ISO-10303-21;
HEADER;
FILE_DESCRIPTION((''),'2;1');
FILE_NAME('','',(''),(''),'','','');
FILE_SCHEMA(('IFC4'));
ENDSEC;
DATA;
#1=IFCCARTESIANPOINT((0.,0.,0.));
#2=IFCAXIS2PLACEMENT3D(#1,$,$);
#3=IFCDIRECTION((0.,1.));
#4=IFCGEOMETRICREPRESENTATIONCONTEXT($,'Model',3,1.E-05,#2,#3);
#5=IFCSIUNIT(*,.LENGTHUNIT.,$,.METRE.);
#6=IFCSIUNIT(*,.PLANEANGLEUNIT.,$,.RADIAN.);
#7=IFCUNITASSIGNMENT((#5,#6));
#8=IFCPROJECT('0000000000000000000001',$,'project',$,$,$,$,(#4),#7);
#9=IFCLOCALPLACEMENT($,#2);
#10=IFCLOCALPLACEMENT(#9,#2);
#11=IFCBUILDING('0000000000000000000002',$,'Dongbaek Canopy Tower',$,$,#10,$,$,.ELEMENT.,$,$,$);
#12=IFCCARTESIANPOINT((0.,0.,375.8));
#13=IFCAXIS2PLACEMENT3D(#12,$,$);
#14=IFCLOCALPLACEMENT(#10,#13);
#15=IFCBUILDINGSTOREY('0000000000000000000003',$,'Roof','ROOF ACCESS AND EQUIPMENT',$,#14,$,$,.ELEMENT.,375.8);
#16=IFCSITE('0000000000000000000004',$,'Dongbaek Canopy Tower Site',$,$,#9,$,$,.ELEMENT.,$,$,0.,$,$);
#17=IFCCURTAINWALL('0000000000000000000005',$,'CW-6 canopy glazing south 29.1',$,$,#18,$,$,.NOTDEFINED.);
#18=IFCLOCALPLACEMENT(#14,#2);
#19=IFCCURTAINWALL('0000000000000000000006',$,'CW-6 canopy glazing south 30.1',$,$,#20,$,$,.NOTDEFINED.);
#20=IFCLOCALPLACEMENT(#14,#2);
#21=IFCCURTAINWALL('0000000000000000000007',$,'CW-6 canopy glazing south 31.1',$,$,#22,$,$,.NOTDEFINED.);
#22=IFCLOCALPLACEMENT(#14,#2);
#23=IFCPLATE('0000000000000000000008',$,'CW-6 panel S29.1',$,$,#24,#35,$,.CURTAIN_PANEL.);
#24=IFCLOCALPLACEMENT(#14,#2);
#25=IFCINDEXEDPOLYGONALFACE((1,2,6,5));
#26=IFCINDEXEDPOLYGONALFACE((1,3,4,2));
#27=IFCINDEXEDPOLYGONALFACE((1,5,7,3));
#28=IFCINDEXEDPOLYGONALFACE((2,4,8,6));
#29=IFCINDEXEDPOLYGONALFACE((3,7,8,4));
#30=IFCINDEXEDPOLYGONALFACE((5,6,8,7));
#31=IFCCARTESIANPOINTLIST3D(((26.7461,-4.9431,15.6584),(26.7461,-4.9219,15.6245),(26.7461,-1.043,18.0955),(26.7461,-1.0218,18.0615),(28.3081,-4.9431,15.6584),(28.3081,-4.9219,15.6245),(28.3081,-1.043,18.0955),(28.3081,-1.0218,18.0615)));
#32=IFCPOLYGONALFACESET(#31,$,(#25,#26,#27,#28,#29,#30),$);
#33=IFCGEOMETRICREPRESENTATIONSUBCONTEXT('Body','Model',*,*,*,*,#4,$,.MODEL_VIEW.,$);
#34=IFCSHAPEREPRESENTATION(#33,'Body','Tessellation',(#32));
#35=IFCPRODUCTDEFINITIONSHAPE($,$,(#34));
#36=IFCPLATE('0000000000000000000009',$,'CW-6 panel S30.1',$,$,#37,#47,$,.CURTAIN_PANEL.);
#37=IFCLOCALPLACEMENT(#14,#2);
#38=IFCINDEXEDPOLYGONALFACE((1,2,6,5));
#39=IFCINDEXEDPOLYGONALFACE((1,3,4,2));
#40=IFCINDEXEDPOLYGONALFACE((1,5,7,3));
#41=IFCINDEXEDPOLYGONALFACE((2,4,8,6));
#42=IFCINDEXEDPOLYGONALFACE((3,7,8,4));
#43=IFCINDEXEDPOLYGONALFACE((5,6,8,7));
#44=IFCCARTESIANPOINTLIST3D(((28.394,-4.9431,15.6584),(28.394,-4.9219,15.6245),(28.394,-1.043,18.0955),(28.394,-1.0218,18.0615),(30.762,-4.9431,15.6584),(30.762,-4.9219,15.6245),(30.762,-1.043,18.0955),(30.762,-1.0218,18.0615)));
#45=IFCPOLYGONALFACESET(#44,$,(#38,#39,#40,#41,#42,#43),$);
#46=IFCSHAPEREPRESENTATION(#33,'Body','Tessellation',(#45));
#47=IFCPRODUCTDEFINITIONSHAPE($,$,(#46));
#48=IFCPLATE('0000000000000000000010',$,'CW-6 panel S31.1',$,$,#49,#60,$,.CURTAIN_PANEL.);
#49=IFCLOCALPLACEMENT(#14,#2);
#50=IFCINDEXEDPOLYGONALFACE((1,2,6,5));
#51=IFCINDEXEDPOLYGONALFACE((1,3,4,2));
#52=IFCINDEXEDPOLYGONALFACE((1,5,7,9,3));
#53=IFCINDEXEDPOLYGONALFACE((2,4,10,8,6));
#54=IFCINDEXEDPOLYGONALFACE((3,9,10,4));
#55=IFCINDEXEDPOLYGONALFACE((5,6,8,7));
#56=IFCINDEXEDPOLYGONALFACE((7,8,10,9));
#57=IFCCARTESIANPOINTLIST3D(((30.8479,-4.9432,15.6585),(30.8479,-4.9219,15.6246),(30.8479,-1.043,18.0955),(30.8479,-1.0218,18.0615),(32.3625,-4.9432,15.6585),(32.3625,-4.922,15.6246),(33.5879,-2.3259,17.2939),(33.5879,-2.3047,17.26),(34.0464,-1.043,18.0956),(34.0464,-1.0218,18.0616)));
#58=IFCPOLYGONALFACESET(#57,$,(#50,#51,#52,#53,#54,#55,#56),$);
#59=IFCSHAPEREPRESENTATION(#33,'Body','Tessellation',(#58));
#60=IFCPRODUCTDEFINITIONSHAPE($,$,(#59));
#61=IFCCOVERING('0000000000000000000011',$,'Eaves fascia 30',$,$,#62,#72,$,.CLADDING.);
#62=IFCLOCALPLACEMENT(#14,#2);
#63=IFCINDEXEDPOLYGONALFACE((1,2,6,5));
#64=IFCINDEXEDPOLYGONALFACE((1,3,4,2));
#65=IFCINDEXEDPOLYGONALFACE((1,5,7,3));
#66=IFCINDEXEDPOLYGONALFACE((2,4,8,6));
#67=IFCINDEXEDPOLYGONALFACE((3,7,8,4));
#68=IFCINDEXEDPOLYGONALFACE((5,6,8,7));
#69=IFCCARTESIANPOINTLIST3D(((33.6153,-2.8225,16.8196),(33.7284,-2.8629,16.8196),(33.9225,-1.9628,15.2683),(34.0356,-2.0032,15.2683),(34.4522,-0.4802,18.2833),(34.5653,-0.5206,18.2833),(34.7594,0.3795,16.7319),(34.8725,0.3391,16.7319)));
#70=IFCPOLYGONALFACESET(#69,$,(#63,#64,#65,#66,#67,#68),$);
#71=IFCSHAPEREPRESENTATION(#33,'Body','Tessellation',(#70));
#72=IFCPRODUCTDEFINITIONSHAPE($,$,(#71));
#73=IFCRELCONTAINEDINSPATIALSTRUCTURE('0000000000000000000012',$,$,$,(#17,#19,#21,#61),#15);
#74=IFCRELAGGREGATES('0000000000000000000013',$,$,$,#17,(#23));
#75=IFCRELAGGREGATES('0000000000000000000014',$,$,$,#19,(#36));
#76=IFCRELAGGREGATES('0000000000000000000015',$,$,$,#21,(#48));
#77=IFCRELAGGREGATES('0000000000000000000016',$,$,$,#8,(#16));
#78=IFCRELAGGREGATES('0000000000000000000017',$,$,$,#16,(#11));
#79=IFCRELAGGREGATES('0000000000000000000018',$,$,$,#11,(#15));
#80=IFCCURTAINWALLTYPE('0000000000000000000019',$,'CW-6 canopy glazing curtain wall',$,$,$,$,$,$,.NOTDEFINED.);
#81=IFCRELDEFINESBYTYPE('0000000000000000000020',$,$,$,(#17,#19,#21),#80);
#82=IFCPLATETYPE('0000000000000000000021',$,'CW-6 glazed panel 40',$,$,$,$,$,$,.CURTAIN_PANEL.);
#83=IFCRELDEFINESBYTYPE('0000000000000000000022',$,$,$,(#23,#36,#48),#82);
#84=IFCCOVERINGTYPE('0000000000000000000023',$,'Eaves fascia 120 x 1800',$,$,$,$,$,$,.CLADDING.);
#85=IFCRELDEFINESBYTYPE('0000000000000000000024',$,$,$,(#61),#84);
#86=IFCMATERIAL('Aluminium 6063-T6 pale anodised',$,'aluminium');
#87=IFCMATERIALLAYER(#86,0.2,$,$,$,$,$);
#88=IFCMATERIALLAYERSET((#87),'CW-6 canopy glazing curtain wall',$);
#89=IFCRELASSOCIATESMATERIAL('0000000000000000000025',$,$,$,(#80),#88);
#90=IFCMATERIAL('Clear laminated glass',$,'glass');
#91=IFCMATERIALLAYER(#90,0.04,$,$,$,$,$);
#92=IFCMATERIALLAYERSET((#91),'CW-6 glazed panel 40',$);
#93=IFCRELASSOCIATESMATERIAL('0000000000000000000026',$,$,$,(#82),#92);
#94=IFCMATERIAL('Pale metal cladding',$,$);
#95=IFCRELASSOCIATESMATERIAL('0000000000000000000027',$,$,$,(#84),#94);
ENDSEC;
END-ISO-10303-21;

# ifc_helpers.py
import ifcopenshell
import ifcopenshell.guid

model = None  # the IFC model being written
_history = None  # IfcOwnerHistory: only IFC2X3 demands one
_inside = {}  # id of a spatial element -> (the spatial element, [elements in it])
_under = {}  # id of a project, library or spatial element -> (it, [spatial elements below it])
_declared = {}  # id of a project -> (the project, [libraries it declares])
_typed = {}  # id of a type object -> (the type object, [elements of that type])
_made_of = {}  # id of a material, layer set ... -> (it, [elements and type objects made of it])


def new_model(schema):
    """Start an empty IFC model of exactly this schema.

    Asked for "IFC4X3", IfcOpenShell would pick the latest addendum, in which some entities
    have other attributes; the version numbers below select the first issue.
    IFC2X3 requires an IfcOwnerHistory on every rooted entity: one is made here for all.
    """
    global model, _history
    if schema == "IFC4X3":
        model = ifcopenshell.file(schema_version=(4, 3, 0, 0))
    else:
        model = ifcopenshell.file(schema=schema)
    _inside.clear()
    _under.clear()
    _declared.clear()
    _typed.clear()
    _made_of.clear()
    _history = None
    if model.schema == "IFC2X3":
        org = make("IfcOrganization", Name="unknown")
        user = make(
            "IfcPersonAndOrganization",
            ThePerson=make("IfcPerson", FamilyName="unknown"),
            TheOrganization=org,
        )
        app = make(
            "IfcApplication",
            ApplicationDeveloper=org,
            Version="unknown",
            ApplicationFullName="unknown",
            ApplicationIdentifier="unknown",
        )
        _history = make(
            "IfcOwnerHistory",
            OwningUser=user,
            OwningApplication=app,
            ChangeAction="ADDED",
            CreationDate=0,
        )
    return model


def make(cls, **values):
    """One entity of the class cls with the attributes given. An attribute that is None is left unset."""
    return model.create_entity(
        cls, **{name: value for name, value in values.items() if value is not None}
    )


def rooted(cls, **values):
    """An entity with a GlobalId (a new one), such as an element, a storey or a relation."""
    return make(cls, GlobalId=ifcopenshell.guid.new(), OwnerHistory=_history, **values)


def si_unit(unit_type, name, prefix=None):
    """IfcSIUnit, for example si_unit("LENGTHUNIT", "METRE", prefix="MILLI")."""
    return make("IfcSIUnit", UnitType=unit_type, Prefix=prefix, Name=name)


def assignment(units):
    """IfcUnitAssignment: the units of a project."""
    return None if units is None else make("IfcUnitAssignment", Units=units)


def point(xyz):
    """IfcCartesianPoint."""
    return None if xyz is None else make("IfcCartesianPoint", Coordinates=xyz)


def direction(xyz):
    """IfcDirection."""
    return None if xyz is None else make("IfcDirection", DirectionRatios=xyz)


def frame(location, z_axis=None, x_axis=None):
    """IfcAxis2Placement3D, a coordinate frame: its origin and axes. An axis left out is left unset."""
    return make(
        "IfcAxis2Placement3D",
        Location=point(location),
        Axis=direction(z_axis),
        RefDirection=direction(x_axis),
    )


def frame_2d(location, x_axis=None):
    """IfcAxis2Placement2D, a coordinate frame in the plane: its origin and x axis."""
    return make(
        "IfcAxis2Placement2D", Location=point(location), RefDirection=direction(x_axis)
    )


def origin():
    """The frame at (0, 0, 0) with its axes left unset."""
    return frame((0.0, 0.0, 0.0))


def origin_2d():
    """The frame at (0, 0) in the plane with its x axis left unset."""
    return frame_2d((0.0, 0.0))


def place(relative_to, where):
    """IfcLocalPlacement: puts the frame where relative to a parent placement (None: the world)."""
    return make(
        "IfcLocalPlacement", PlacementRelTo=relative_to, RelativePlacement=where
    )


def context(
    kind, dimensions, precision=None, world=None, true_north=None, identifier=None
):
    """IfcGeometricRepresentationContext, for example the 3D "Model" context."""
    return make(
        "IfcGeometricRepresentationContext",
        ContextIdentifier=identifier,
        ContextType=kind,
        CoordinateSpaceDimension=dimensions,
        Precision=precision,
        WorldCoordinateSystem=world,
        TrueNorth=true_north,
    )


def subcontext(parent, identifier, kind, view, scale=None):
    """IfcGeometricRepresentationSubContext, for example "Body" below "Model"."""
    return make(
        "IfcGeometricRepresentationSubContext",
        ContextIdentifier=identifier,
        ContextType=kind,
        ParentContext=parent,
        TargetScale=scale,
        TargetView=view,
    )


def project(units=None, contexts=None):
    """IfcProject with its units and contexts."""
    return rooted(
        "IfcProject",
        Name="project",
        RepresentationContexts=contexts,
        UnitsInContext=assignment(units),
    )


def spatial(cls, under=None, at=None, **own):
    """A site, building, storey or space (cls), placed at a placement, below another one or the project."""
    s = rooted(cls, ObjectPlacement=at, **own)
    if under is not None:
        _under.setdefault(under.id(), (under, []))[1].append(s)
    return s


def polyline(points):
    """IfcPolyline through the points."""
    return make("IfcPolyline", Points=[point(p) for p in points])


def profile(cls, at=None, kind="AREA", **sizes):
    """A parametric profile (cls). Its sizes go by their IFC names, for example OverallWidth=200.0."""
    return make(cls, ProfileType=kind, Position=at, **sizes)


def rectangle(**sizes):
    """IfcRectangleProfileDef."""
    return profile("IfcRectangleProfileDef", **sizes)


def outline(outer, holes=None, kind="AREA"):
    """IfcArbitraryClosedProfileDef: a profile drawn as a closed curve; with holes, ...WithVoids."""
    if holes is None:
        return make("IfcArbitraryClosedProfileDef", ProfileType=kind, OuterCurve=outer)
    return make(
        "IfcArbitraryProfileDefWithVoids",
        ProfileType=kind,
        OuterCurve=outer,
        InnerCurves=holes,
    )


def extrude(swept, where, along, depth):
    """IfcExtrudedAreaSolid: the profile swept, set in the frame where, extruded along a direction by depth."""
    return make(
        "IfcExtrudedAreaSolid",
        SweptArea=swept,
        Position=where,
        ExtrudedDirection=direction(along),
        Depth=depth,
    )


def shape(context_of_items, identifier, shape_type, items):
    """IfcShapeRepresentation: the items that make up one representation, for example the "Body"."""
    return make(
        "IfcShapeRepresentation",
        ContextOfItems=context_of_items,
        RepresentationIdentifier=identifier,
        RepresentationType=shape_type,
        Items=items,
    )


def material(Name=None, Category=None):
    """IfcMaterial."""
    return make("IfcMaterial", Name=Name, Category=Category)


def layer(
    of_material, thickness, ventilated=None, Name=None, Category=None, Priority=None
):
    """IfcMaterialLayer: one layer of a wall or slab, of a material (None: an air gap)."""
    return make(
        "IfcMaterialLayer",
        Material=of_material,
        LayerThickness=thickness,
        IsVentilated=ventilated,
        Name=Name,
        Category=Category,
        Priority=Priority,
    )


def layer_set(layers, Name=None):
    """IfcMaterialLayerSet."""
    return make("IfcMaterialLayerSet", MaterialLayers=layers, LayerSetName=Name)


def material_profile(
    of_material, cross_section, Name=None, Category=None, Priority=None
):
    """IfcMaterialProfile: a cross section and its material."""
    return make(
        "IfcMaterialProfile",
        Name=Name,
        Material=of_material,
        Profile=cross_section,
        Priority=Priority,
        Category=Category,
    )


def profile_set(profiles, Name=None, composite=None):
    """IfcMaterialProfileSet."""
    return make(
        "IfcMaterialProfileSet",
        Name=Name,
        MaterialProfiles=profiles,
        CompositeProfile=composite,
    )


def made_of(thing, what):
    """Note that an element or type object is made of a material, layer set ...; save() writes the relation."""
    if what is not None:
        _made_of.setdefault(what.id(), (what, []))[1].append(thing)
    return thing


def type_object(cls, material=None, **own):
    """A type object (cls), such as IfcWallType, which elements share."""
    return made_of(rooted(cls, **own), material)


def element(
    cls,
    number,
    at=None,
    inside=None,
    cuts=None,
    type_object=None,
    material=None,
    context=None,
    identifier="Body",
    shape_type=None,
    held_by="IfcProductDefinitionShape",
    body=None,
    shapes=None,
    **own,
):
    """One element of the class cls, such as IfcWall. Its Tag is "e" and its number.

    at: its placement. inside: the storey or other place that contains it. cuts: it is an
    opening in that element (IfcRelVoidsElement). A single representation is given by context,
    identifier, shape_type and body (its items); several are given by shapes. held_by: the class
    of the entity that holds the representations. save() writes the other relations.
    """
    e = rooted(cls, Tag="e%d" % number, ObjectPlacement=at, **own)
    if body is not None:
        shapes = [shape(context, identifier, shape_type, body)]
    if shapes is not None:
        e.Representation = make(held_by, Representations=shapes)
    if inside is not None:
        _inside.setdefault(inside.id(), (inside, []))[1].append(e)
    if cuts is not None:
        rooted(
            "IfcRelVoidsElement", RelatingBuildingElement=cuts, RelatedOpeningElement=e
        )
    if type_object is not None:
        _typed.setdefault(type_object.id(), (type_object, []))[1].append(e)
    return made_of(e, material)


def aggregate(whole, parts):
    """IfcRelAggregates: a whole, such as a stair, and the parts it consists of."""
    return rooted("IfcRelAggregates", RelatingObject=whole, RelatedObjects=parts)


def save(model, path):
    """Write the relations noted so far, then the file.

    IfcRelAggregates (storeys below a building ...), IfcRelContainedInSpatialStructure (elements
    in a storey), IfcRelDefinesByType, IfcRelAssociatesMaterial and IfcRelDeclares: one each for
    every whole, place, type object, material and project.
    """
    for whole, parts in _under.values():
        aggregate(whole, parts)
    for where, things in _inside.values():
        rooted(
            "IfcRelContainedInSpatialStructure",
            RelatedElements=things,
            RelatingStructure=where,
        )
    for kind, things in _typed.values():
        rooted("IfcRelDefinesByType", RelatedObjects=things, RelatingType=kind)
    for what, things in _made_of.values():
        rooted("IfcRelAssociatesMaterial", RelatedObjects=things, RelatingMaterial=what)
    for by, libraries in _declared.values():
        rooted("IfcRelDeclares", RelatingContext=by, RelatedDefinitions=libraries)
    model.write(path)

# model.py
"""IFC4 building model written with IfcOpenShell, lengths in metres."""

from ifc_helpers import new_model, si_unit, direction, frame, origin, origin_2d, place, context, subcontext, project, spatial, polyline, rectangle, outline, extrude, material, layer, layer_set, material_profile, profile_set, type_object, element, aggregate, save


model = new_model("IFC4")

# Units and contexts
model_context = context("Model", 3, precision=1e-05, world=origin(), true_north=direction((0.0, 1.0)))
body_context = subcontext(model_context, "Body", "Model", "MODEL_VIEW")
ifc_project = project(units=[si_unit("LENGTHUNIT", "METRE"), si_unit("PLANEANGLEUNIT", "RADIAN")], contexts=[model_context])

# Site, building, storey
site_placement = place(None, origin())
site = spatial("IfcSite", under=ifc_project, at=site_placement, Name="Dongbaek Canopy Tower Site", CompositionType="ELEMENT", RefElevation=0.0)
building_placement = place(site_placement, origin())
building = spatial("IfcBuilding", under=site, at=building_placement, Name="Dongbaek Canopy Tower", CompositionType="ELEMENT")
storey_placement = place(building_placement, frame((0.0, 0.0, 375.8)))
storey = spatial("IfcBuildingStorey", under=building, at=storey_placement, Name="Roof", Description="ROOF ACCESS AND EQUIPMENT", CompositionType="ELEMENT", Elevation=375.8)

# Curtain walls
ifc_material_1 = material(Name="Aluminium 6063-T6 pale anodised", Category="aluminium")
ifc_layer_1 = layer(ifc_material_1, 0.2)
ifc_layer_set_1 = layer_set([ifc_layer_1], Name="CW-6 canopy glazing curtain wall")
curtain_wall_type = type_object("IfcCurtainWallType", Name="CW-6 canopy glazing curtain wall", PredefinedType="NOTDEFINED", material=ifc_layer_set_1)
curtain_wall_1_placement = place(storey_placement, origin())
curtain_wall_1 = element("IfcCurtainWall", 1, at=curtain_wall_1_placement, inside=storey, type_object=curtain_wall_type, Name="CW-6 canopy glazing south 29.1", PredefinedType="NOTDEFINED")
curtain_wall_2_placement = place(storey_placement, origin())
curtain_wall_2 = element("IfcCurtainWall", 2, at=curtain_wall_2_placement, inside=storey, type_object=curtain_wall_type, Name="CW-6 canopy glazing south 30.1", PredefinedType="NOTDEFINED")

# Curtain wall
curtain_wall_3_placement = place(storey_placement, origin())
curtain_wall_3 = element("IfcCurtainWall", 3, at=curtain_wall_3_placement, inside=storey, type_object=curtain_wall_type, Name="CW-6 canopy glazing south 31.1", PredefinedType="NOTDEFINED")

# Plates
ifc_material_2 = material(Name="Clear laminated glass", Category="glass")
ifc_layer_2 = layer(ifc_material_2, 0.04)
ifc_layer_set_2 = layer_set([ifc_layer_2], Name="CW-6 glazed panel 40")
plate_type = type_object("IfcPlateType", Name="CW-6 glazed panel 40", PredefinedType="CURTAIN_PANEL", material=ifc_layer_set_2)
plate_1_placement = place(storey_placement, frame((28.3081, -4.9431, 15.6584), z_axis=(0.0, -0.529908, 0.848055), x_axis=(-1.0, 0.0, 0.0)))
plate_1 = element("IfcPlate", 4, at=plate_1_placement, type_object=plate_type, Name="CW-6 panel S29.1", PredefinedType="CURTAIN_PANEL", context=body_context, shape_type="SweptSolid", body=[
    extrude(outline(polyline([(0.0, 0.0), (1.562, 0.0), (1.562, -4.5989), (0.0, -4.5989), (0.0, 0.0)])), origin(), (0.0, 0.0, -1.0), 0.04),
])
aggregate(curtain_wall_1, [plate_1])
plate_2_placement = place(storey_placement, frame((30.762, -4.9431, 15.6584), z_axis=(0.0, -0.529908, 0.848055), x_axis=(-1.0, 0.0, 0.0)))
plate_2 = element("IfcPlate", 5, at=plate_2_placement, type_object=plate_type, Name="CW-6 panel S30.1", PredefinedType="CURTAIN_PANEL", context=body_context, shape_type="SweptSolid", body=[
    extrude(outline(polyline([(0.0, 0.0), (2.3679, 0.0), (2.3679, -4.5989), (0.0, -4.5989), (0.0, 0.0)])), origin(), (0.0, 0.0, -1.0), 0.04),
])
aggregate(curtain_wall_2, [plate_2])
plate_3_placement = place(storey_placement, frame((33.5879, -2.3259, 17.2939), z_axis=(-0.000026, -0.5299, 0.84806), x_axis=(-0.369019, -0.7882, -0.492509)))
plate_3 = element("IfcPlate", 6, at=plate_3_placement, type_object=plate_type, Name="CW-6 panel S31.1", PredefinedType="CURTAIN_PANEL", context=body_context, shape_type="SweptSolid", body=[
    extrude(outline(polyline([(0.0, 0.0), (3.3205, 0.0), (3.8795, -1.4077), (-0.3949, -3.1048), (-1.5752, -0.1321), (0.0, 0.0)])), origin(), (0.0, 0.0, -1.0), 0.04),
])
aggregate(curtain_wall_3, [plate_3])

# Covering
ifc_material_3 = material(Name="Pale metal cladding")
ifc_material_profile_1 = material_profile(ifc_material_3, rectangle(XDim=0.1201, YDim=1.8, at=origin_2d()), Name="Eaves fascia 120 x 1800")
ifc_profile_set_1 = profile_set([ifc_material_profile_1], Name="Pale metal cladding")
covering_type = type_object("IfcCoveringType", Name="Eaves fascia 120 x 1800", PredefinedType="CLADDING", material=ifc_profile_set_1)
covering_placement = place(storey_placement, frame((33.8254, -2.4128, 16.0439), z_axis=(0.289992, 0.811606, 0.507148), x_axis=(-0.941693, 0.336473, 0.0)))
element("IfcCovering", 7, at=covering_placement, inside=storey, type_object=covering_type, Name="Eaves fascia 30", PredefinedType="CLADDING", context=body_context, shape_type="SweptSolid", body=[
    extrude(rectangle(XDim=0.1201, YDim=1.8, at=origin_2d()), origin(), (0.0, 0.0, 1.0), 2.886),
])

save(model, "model.ifc")
